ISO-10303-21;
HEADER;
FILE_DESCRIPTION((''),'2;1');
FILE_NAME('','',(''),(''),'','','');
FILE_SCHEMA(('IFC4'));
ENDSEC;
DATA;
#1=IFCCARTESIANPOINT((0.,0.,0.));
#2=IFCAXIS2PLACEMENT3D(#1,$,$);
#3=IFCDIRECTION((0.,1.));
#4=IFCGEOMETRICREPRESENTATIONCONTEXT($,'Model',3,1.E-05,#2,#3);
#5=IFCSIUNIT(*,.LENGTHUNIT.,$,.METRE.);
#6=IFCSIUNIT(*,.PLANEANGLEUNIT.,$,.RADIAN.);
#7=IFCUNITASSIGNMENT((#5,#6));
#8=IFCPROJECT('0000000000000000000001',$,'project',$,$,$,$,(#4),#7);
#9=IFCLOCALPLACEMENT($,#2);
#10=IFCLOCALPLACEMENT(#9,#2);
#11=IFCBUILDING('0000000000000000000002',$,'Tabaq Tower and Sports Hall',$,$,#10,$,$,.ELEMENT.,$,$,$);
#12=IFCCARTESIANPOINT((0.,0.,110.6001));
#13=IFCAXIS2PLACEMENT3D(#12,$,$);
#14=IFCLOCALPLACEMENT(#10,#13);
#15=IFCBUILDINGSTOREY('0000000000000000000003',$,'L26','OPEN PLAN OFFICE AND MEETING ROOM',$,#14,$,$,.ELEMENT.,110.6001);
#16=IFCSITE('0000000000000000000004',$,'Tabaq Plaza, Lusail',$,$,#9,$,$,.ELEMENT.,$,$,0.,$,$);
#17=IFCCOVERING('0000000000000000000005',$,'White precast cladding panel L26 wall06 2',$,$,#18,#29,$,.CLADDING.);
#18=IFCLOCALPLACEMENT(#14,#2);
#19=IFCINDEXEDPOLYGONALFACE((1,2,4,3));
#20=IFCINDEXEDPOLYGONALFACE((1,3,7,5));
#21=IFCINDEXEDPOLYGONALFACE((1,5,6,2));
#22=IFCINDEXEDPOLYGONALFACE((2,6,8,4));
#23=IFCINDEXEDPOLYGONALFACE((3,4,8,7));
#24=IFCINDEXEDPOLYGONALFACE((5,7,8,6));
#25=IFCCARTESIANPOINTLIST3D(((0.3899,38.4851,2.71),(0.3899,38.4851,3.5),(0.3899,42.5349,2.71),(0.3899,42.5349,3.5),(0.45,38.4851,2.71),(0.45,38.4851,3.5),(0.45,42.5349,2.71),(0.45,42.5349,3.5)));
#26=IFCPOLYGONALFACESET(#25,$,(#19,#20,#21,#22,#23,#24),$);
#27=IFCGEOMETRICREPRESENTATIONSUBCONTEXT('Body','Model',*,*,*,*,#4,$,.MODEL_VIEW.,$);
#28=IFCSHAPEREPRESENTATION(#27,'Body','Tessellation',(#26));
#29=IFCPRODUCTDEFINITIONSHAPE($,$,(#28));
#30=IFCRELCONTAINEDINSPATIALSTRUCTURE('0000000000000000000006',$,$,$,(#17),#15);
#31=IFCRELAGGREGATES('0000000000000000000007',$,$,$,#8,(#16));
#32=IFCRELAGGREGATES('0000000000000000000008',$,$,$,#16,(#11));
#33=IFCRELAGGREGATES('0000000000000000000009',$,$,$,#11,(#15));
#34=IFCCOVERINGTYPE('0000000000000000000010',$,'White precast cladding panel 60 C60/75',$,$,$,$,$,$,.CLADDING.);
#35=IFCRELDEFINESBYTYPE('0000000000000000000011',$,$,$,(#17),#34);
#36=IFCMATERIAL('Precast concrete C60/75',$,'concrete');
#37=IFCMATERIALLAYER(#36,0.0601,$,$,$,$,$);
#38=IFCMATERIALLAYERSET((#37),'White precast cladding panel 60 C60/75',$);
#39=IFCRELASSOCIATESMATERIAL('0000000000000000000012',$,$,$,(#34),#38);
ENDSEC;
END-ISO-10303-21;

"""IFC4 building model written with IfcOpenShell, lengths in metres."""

from ifc_helpers import new_model, si_unit, direction, frame, frame_2d, origin, place, context, subcontext, project, spatial, rectangle, extrude, material, layer, layer_set, type_object, element, save


model = new_model("IFC4")

# Units and contexts
model_context = context("Model", 3, precision=1e-05, world=origin(), true_north=direction((0.0, 1.0)))
body_context = subcontext(model_context, "Body", "Model", "MODEL_VIEW")
ifc_project = project(units=[si_unit("LENGTHUNIT", "METRE"), si_unit("PLANEANGLEUNIT", "RADIAN")], contexts=[model_context])

# Site, building, storey
site_placement = place(None, origin())
site = spatial("IfcSite", under=ifc_project, at=site_placement, Name="Tabaq Plaza, Lusail", CompositionType="ELEMENT", RefElevation=0.0)
building_placement = place(site_placement, origin())
building = spatial("IfcBuilding", under=site, at=building_placement, Name="Tabaq Tower and Sports Hall", CompositionType="ELEMENT")
storey_placement = place(building_placement, frame((0.0, 0.0, 110.6001)))
storey = spatial("IfcBuildingStorey", under=building, at=storey_placement, Name="L26", Description="OPEN PLAN OFFICE AND MEETING ROOM", CompositionType="ELEMENT", Elevation=110.6001)

# Covering
ifc_material_1 = material(Name="Precast concrete C60/75", Category="concrete")
ifc_layer_1 = layer(ifc_material_1, 0.0601)
ifc_layer_set_1 = layer_set([ifc_layer_1], Name="White precast cladding panel 60 C60/75")
covering_type_1 = type_object("IfcCoveringType", Name="White precast cladding panel 60 C60/75", PredefinedType="CLADDING", material=ifc_layer_set_1)
covering_1_placement = place(storey_placement, frame((0.4199, 42.5349, 2.71), z_axis=(0.0, 0.0, 1.0), x_axis=(0.0, -1.0, 0.0)))
element("IfcCovering", 1, at=covering_1_placement, inside=storey, type_object=covering_type_1, Name="White precast cladding panel L26 wall06 2", PredefinedType="CLADDING", context=body_context, shape_type="SweptSolid", body=[
    extrude(rectangle(XDim=4.0498, YDim=0.0601, at=frame_2d((2.0249, 0.0))), origin(), (0.0, 0.0, 1.0), 0.79),
])

save(model, "model.ifc")
